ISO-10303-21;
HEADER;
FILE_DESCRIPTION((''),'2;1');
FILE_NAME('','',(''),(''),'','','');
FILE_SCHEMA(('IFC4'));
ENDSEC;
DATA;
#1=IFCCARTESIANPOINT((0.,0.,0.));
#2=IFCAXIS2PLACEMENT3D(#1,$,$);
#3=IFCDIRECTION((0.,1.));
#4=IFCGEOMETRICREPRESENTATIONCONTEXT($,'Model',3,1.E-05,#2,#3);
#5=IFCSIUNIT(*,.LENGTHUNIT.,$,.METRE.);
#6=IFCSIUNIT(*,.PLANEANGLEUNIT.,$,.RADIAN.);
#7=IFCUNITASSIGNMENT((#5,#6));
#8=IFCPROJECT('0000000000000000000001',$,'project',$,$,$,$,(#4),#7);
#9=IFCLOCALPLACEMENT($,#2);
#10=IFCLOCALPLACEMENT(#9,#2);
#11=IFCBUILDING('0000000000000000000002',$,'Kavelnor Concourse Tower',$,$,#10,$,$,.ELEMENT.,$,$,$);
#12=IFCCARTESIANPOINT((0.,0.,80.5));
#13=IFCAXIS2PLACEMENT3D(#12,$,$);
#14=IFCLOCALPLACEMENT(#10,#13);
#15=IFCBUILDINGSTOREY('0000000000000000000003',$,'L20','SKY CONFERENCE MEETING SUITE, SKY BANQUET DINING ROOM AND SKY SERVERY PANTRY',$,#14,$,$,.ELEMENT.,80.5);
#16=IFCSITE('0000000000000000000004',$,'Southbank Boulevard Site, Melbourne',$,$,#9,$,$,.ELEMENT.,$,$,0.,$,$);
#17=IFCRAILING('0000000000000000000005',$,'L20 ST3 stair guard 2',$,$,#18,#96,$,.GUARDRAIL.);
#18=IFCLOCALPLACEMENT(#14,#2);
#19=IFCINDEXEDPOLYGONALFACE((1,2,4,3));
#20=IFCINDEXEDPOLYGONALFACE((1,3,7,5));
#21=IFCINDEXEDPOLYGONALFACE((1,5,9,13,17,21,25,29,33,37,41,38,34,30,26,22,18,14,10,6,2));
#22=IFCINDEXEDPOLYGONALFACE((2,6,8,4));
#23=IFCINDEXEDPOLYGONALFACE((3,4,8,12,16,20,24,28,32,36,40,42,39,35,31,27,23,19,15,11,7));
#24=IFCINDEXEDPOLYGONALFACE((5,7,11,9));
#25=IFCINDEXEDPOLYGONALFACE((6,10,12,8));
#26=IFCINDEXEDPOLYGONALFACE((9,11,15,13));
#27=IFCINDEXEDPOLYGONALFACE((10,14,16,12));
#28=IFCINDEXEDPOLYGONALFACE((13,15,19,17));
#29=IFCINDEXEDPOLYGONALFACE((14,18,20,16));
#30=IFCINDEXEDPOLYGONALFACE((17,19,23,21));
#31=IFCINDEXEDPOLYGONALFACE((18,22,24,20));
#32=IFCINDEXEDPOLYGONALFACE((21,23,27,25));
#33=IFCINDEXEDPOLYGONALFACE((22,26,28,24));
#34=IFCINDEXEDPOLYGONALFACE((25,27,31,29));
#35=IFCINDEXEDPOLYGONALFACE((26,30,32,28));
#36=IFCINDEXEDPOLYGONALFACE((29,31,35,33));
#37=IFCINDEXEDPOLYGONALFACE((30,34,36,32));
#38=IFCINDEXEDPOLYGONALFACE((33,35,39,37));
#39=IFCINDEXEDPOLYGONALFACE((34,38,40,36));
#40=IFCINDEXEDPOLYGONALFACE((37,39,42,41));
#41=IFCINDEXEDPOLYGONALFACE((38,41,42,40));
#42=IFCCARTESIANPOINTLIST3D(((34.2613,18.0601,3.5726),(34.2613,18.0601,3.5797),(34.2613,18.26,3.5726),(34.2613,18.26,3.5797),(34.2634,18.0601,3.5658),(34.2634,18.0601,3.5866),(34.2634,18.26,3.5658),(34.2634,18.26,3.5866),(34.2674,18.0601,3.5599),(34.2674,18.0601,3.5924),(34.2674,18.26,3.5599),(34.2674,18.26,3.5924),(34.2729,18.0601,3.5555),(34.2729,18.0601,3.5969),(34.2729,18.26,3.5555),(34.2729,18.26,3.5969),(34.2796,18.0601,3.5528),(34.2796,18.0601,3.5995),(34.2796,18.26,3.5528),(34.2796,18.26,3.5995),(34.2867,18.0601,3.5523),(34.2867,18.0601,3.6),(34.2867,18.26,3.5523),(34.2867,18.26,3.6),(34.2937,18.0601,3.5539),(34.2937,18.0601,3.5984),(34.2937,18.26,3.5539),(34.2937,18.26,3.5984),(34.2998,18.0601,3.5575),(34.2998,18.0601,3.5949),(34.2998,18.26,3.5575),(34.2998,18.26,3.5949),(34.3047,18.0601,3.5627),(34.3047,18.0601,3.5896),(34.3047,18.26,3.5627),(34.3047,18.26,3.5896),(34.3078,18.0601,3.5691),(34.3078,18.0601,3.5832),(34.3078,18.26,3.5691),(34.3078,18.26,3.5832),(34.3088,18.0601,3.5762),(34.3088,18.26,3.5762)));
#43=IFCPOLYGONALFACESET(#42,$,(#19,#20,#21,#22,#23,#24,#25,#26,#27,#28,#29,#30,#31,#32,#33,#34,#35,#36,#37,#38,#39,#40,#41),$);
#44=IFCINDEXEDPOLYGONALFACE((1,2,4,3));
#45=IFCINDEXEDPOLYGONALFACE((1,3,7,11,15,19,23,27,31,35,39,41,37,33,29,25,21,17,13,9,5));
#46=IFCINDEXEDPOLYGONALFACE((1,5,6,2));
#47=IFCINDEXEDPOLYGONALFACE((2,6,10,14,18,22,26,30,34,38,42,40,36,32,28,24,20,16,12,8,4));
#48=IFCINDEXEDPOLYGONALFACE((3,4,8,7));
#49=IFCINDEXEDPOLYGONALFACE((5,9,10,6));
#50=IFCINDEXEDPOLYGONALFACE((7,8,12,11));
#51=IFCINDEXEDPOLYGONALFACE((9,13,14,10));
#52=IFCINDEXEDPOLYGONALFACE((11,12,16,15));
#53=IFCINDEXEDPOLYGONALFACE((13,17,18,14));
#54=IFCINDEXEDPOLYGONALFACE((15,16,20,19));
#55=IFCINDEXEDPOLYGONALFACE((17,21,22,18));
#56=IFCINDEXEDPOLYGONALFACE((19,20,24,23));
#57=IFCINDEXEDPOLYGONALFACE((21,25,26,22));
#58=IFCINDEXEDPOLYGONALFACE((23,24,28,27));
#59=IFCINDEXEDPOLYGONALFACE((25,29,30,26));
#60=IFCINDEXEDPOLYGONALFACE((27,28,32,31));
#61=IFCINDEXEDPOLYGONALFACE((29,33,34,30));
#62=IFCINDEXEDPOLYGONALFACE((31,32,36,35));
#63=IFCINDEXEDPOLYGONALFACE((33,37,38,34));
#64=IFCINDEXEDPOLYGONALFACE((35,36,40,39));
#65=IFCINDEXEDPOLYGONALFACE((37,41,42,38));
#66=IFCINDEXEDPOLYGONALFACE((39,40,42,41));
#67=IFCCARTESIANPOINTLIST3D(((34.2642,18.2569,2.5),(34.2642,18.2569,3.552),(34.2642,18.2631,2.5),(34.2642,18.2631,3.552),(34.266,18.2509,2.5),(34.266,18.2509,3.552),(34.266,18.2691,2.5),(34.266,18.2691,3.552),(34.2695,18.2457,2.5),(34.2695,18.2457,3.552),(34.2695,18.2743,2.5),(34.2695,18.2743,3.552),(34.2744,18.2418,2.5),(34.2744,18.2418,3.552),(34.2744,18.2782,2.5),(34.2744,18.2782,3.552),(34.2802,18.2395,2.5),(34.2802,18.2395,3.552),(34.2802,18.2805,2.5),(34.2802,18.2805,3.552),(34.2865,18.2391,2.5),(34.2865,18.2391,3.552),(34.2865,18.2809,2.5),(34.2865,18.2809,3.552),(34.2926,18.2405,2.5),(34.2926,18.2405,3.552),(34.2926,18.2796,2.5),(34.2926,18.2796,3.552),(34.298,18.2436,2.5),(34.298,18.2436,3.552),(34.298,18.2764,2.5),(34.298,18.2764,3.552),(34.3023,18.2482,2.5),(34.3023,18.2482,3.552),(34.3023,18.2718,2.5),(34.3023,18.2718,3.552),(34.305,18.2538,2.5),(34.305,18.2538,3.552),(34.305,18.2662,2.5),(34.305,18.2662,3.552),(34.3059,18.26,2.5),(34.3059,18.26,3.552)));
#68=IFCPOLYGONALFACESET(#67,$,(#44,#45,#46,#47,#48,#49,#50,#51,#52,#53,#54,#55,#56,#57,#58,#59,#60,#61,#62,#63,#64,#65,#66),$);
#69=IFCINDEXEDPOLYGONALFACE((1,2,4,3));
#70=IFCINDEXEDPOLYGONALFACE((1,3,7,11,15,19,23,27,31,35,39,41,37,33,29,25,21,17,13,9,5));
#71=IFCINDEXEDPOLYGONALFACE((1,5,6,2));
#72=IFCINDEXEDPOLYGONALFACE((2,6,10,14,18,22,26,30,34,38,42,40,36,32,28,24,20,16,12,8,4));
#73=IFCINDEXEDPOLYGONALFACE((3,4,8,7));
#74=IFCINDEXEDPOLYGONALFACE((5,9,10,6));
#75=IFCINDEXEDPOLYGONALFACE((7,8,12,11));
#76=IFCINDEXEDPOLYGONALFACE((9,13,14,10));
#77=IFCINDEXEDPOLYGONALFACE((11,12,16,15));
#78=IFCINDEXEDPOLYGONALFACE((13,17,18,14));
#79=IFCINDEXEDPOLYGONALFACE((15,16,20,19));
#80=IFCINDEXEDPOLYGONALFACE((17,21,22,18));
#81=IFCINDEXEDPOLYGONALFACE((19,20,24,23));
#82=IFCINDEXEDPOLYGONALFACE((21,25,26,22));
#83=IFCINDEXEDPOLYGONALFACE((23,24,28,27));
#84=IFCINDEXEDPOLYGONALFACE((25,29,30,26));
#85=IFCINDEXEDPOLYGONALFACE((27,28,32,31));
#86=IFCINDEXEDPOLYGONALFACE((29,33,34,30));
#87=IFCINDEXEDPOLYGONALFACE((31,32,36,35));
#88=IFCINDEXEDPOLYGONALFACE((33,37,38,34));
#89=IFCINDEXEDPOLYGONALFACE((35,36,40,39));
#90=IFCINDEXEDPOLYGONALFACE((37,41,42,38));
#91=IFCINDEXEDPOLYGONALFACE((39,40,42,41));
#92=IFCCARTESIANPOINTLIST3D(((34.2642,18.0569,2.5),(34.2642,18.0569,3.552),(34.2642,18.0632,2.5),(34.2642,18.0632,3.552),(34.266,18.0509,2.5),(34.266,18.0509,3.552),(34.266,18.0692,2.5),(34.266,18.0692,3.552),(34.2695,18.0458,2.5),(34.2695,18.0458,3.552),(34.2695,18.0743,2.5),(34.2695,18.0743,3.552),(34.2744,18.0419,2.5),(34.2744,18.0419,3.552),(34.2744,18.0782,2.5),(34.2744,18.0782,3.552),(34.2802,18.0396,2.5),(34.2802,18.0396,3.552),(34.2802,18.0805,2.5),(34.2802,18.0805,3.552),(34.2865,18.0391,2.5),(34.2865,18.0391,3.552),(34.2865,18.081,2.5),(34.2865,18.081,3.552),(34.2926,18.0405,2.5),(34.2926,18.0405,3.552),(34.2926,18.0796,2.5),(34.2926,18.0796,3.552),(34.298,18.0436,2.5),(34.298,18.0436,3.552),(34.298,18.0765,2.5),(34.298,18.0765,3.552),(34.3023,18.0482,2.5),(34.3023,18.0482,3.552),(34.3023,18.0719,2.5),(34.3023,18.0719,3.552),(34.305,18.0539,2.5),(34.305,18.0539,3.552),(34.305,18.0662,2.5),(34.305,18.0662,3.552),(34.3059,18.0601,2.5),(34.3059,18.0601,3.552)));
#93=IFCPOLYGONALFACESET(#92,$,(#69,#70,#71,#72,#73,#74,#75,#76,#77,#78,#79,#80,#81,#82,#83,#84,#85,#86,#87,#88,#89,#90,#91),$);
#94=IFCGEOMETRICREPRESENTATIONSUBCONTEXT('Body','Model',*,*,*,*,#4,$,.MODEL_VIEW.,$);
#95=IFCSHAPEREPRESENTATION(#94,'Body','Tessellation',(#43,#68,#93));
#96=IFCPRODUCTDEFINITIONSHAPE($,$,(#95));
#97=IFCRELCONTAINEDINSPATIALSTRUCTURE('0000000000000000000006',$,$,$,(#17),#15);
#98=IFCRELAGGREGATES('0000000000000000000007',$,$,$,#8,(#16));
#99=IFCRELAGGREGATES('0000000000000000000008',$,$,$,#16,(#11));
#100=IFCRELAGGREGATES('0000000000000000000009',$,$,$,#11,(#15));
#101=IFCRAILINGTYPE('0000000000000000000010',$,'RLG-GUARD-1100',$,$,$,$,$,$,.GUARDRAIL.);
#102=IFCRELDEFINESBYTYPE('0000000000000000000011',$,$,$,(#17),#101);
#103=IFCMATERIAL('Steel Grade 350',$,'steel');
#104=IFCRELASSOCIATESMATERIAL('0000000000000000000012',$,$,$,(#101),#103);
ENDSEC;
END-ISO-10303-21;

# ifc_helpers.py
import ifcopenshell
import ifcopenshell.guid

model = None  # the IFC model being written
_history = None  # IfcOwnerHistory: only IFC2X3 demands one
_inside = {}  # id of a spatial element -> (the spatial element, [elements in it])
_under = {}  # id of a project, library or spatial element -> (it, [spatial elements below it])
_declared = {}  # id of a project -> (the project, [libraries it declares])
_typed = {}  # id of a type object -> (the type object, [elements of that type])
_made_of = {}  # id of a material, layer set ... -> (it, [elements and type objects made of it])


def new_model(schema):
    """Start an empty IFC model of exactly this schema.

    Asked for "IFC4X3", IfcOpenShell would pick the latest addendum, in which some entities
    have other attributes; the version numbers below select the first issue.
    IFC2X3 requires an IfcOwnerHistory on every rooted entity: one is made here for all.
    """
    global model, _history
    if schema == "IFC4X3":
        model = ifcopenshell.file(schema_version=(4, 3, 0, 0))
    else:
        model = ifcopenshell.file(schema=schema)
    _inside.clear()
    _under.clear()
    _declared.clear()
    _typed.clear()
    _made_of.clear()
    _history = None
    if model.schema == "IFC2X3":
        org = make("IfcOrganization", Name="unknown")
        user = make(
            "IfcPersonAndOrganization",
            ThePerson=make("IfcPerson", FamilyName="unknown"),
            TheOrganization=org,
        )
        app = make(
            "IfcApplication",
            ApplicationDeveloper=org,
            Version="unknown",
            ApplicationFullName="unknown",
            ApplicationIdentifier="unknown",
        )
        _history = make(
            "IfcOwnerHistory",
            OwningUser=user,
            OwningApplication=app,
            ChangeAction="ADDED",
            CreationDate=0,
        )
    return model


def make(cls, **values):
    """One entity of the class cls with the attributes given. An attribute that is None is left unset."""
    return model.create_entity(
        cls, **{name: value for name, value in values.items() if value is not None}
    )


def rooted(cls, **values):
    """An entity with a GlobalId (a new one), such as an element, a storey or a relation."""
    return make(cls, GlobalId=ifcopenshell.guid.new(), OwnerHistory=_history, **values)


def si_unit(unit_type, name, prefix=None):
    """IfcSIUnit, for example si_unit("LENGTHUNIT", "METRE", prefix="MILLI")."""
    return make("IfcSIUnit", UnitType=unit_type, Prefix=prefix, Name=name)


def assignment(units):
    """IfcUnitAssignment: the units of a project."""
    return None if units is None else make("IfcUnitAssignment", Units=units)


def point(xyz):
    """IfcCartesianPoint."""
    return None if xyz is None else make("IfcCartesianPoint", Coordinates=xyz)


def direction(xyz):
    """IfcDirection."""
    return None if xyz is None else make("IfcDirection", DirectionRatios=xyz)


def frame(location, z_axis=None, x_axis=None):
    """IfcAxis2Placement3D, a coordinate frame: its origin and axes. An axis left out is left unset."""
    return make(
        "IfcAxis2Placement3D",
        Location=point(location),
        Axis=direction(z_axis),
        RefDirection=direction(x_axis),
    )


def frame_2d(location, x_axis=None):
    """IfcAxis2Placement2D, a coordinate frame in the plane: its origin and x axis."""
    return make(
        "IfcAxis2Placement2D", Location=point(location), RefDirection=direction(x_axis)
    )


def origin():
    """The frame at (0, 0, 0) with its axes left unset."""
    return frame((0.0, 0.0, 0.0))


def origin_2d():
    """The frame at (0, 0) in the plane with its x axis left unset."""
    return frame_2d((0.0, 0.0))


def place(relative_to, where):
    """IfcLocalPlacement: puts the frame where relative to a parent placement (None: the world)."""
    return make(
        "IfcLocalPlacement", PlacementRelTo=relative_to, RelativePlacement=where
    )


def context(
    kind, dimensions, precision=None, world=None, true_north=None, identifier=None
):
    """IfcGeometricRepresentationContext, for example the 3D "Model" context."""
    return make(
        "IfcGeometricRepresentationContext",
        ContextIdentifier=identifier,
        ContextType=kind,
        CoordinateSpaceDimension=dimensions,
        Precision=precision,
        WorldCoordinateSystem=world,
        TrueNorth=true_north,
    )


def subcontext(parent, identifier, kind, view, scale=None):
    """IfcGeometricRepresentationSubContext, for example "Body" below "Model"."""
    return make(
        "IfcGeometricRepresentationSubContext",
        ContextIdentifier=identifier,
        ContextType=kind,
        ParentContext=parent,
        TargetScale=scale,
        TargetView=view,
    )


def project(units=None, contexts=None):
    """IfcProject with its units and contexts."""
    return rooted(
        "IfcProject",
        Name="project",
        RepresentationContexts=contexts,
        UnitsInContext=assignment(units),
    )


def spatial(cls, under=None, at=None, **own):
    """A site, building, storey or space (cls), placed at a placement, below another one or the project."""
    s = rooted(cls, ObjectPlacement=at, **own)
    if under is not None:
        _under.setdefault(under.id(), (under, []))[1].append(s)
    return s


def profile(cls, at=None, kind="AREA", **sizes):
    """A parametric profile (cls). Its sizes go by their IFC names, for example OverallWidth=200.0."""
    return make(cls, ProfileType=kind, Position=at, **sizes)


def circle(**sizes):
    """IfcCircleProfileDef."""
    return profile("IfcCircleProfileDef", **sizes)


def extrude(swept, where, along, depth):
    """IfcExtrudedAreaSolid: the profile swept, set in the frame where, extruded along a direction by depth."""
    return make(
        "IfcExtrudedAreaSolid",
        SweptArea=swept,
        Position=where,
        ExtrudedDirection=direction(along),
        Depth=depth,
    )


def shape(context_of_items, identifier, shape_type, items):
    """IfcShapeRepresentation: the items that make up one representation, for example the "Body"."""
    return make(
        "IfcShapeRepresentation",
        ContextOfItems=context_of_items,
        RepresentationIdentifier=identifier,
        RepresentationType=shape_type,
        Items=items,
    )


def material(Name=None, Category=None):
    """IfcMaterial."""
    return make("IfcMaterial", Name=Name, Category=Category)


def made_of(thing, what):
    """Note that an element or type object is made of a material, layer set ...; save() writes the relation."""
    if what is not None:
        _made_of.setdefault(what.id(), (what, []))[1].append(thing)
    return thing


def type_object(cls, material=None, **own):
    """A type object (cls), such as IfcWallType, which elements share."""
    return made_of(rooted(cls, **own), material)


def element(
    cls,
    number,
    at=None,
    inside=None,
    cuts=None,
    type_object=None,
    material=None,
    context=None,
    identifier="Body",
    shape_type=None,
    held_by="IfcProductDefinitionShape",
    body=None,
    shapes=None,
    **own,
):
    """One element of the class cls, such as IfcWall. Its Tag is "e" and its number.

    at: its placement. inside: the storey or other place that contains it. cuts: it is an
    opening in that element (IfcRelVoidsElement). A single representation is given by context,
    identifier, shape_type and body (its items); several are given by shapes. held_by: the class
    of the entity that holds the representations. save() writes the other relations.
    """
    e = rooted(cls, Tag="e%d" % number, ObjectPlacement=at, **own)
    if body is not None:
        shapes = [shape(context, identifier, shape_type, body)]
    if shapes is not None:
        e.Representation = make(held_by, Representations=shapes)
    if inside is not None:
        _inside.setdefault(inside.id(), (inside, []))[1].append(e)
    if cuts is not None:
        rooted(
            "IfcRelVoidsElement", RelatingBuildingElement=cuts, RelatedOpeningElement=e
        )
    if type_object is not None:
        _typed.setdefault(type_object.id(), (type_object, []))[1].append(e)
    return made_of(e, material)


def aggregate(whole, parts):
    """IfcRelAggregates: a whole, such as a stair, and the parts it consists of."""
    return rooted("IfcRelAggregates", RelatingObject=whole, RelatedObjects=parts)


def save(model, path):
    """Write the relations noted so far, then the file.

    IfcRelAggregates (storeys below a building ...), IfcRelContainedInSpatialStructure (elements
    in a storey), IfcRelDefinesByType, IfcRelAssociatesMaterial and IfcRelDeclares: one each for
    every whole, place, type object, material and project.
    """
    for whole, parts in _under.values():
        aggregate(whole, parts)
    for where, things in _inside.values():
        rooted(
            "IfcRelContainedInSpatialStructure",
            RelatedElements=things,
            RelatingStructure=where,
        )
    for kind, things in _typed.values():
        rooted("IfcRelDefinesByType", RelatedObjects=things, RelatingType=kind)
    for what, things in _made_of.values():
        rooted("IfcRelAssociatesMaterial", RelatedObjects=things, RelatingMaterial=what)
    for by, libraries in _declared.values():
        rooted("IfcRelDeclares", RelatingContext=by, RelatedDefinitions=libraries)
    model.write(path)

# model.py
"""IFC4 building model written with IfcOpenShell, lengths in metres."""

from ifc_helpers import new_model, si_unit, direction, frame, origin, origin_2d, place, context, subcontext, project, spatial, circle, extrude, material, type_object, element, save


model = new_model("IFC4")

# Units and contexts
model_context = context("Model", 3, precision=1e-05, world=origin(), true_north=direction((0.0, 1.0)))
body_context = subcontext(model_context, "Body", "Model", "MODEL_VIEW")
ifc_project = project(units=[si_unit("LENGTHUNIT", "METRE"), si_unit("PLANEANGLEUNIT", "RADIAN")], contexts=[model_context])

# Site, building, storey
site_placement = place(None, origin())
site = spatial("IfcSite", under=ifc_project, at=site_placement, Name="Southbank Boulevard Site, Melbourne", CompositionType="ELEMENT", RefElevation=0.0)
building_placement = place(site_placement, origin())
building = spatial("IfcBuilding", under=site, at=building_placement, Name="Kavelnor Concourse Tower", CompositionType="ELEMENT")
storey_placement = place(building_placement, frame((0.0, 0.0, 80.5)))
storey = spatial("IfcBuildingStorey", under=building, at=storey_placement, Name="L20", Description="SKY CONFERENCE MEETING SUITE, SKY BANQUET DINING ROOM AND SKY SERVERY PANTRY", CompositionType="ELEMENT", Elevation=80.5)

# Shared definitions
ifc_material_1 = material(Name="Steel Grade 350", Category="steel")

# Railing
railing_type_1 = type_object("IfcRailingType", Name="RLG-GUARD-1100", PredefinedType="GUARDRAIL", material=ifc_material_1)
railing_1_placement = place(storey_placement, frame((34.2849, 18.26, 2.5)))
element("IfcRailing", 1, at=railing_1_placement, inside=storey, type_object=railing_type_1, Name="L20 ST3 stair guard 2", PredefinedType="GUARDRAIL", context=body_context, shape_type="SweptSolid", body=[
    extrude(circle(Radius=0.0239, at=origin_2d()), frame((0.0, 0.0, 1.0762), z_axis=(0.0, -1.0, 0.0), x_axis=(1.0, 0.0, 0.0)), (0.0, 0.0, 1.0), 0.2),
    extrude(circle(Radius=0.021, at=origin_2d()), origin(), (0.0, 0.0, 1.0), 1.052),
    extrude(circle(Radius=0.021, at=origin_2d()), frame((0.0, -0.2, 0.0)), (0.0, 0.0, 1.0), 1.052),
])

save(model, "model.ifc")
